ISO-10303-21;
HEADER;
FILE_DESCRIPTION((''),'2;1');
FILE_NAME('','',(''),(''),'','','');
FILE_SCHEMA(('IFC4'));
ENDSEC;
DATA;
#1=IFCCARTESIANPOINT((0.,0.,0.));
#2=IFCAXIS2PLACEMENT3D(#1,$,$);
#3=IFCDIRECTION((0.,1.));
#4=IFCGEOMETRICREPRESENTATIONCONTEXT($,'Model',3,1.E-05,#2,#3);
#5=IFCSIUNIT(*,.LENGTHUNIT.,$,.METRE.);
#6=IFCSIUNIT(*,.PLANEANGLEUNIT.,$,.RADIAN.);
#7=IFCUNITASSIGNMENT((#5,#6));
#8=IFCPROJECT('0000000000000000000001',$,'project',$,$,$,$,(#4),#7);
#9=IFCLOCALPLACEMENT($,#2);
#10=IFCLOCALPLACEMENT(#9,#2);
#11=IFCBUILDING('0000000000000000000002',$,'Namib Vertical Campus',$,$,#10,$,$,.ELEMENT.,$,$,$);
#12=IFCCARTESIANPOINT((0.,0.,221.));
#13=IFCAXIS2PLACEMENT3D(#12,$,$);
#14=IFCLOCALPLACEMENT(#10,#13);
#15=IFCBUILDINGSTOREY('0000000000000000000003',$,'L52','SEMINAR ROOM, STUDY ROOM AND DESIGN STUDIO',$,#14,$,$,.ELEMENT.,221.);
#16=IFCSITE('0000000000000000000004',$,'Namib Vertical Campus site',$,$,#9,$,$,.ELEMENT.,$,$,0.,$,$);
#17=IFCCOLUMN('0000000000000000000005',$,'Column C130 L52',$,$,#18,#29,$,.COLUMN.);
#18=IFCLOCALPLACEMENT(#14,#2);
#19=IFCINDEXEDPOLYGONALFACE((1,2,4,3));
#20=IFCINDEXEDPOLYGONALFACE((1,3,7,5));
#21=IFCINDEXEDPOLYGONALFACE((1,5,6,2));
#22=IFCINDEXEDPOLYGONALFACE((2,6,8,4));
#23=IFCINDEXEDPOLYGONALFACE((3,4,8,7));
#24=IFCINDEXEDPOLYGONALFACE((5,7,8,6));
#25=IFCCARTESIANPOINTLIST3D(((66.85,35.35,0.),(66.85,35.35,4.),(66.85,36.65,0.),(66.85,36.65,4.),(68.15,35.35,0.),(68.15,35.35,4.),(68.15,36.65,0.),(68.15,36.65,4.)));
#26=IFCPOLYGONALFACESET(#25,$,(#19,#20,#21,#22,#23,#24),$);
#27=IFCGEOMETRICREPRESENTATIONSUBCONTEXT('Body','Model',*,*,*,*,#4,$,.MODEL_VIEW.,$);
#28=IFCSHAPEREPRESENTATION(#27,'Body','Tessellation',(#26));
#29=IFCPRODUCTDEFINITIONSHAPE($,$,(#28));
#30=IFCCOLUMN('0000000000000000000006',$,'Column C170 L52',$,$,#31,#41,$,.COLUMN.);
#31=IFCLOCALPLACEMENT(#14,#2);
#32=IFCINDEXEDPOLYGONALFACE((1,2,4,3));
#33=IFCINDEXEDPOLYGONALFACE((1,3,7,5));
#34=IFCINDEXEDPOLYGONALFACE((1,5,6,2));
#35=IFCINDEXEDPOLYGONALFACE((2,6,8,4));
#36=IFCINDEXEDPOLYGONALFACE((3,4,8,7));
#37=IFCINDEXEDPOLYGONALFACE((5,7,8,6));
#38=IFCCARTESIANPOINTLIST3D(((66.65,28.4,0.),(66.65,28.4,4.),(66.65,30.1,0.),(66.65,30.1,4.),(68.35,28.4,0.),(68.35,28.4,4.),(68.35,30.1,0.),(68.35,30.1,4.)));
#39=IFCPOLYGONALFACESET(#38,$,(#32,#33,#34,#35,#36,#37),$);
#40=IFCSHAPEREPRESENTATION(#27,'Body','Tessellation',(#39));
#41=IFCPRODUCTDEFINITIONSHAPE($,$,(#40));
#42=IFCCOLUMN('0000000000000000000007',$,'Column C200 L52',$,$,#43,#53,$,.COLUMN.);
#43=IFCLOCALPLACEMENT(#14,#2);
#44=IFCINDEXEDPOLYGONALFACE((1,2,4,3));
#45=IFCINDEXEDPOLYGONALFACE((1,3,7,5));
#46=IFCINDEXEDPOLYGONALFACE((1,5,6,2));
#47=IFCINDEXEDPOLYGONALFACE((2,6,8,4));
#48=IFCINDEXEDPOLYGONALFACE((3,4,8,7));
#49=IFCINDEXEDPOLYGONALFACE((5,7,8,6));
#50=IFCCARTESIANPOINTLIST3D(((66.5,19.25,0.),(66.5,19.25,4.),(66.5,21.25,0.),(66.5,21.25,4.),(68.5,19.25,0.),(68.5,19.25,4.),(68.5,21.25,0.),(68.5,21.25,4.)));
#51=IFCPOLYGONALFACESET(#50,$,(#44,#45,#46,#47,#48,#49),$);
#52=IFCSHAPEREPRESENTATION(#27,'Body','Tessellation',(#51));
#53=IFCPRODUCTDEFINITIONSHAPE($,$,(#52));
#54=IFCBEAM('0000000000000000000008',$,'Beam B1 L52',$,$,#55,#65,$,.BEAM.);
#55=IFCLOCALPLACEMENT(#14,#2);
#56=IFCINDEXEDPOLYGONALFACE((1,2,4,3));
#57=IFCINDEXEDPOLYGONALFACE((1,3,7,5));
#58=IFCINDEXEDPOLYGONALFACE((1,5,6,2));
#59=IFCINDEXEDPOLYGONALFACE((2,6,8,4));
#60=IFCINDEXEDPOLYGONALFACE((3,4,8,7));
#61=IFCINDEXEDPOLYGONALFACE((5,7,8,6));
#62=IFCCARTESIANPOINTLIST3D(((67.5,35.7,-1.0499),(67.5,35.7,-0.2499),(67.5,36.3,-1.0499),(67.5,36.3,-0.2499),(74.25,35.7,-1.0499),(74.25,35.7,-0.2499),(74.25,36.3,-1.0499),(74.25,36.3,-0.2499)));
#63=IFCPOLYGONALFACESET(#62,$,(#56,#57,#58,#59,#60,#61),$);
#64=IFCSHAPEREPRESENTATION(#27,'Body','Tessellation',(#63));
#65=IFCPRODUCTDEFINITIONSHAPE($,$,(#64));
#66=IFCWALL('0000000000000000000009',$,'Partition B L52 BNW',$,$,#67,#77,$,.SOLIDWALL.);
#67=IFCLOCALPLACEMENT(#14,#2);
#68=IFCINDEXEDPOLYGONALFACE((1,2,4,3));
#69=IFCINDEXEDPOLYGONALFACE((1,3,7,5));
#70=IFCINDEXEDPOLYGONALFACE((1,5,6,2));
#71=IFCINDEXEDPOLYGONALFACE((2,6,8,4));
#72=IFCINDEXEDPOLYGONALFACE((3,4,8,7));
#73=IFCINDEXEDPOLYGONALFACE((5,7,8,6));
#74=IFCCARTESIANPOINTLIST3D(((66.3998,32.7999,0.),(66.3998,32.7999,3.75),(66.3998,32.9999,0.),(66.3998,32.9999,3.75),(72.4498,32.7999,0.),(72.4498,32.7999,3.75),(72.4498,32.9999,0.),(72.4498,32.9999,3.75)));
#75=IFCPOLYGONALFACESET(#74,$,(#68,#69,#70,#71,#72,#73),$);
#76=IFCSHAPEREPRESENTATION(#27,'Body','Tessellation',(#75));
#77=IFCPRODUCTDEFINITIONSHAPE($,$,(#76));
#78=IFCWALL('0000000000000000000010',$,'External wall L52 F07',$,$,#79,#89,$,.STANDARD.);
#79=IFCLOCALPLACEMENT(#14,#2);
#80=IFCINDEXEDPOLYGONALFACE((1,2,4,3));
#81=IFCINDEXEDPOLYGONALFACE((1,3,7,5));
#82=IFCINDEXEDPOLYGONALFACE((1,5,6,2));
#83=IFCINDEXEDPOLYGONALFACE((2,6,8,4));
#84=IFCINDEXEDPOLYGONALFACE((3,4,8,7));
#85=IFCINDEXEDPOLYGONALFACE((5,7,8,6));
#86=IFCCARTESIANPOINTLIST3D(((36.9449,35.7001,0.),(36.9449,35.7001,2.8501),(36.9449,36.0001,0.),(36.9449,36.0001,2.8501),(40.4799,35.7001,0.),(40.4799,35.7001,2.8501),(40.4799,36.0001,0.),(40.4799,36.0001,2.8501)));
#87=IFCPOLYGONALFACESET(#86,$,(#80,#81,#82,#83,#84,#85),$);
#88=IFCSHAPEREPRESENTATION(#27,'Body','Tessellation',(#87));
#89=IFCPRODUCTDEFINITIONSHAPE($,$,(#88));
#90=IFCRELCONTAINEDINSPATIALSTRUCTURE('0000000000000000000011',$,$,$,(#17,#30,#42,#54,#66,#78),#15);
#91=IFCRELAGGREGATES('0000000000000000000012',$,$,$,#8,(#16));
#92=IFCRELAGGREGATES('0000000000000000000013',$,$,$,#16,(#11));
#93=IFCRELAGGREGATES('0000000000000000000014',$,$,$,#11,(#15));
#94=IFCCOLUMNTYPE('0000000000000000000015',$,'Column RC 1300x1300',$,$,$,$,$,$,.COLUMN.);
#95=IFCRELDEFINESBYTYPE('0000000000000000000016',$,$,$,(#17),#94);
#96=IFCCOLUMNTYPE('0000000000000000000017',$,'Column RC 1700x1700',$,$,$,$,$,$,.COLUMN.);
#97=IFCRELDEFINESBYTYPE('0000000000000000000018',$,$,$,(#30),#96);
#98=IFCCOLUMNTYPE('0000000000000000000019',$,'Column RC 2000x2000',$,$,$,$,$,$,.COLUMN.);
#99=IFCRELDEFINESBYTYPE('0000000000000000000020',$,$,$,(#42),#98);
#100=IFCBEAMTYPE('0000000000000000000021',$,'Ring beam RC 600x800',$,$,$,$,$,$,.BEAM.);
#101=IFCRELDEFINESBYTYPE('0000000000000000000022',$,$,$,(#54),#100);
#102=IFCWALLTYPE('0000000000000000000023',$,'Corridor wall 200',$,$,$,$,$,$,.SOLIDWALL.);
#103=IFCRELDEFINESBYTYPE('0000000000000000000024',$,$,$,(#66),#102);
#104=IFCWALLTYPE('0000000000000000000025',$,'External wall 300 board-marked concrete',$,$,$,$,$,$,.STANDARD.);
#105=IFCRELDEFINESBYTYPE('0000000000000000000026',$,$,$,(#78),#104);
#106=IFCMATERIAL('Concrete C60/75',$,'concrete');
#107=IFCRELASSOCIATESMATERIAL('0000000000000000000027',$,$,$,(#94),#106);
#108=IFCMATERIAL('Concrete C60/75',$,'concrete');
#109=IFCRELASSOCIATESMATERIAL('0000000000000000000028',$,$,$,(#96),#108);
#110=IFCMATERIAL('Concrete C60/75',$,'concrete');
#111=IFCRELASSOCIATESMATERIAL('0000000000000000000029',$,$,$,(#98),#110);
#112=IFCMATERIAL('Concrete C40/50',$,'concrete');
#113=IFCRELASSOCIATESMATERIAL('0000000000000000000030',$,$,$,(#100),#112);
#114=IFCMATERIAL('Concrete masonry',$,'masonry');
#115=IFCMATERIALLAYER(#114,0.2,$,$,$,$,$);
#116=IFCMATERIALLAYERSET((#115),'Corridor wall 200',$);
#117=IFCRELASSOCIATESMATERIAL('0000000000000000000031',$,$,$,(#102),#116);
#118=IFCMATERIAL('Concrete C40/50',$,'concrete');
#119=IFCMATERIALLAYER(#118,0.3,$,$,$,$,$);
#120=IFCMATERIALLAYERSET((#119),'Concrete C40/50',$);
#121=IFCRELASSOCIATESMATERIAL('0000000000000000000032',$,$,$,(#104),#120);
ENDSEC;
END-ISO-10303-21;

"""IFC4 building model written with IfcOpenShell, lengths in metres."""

from ifc_helpers import new_model, si_unit, direction, frame, frame_2d, origin, origin_2d, place, context, subcontext, project, spatial, rectangle, extrude, material, layer, layer_set, material_profile, profile_set, type_object, element, save


model = new_model("IFC4")

# Units and contexts
model_context = context("Model", 3, precision=1e-05, world=origin(), true_north=direction((0.0, 1.0)))
body_context = subcontext(model_context, "Body", "Model", "MODEL_VIEW")
ifc_project = project(units=[si_unit("LENGTHUNIT", "METRE"), si_unit("PLANEANGLEUNIT", "RADIAN")], contexts=[model_context])

# Site, building, storey
site_placement = place(None, origin())
site = spatial("IfcSite", under=ifc_project, at=site_placement, Name="Namib Vertical Campus site", CompositionType="ELEMENT", RefElevation=0.0)
building_placement = place(site_placement, origin())
building = spatial("IfcBuilding", under=site, at=building_placement, Name="Namib Vertical Campus", CompositionType="ELEMENT")
storey_placement = place(building_placement, frame((0.0, 0.0, 221.0)))
storey = spatial("IfcBuildingStorey", under=building, at=storey_placement, Name="L52", Description="SEMINAR ROOM, STUDY ROOM AND DESIGN STUDIO", CompositionType="ELEMENT", Elevation=221.0)

# Columns
ifc_material_1 = material(Name="Concrete C60/75", Category="concrete")
ifc_material_profile_1 = material_profile(ifc_material_1, rectangle(XDim=1.3, YDim=1.3, at=origin_2d()))
ifc_profile_set_1 = profile_set([ifc_material_profile_1], Name="Concrete C60/75")
column_type_1 = type_object("IfcColumnType", Name="Column RC 1300x1300", PredefinedType="COLUMN", material=ifc_profile_set_1)
column_1_placement = place(storey_placement, frame((67.5, 36.0, 0.0), z_axis=(0.0, 0.0, 1.0), x_axis=(1.0, 0.0, 0.0)))
element("IfcColumn", 1, at=column_1_placement, inside=storey, type_object=column_type_1, Name="Column C130 L52", PredefinedType="COLUMN", context=body_context, shape_type="SweptSolid", body=[
    extrude(rectangle(XDim=1.3, YDim=1.3, at=origin_2d()), origin(), (0.0, 0.0, 1.0), 4.0),
])
ifc_material_2 = material(Name="Concrete C60/75", Category="concrete")
ifc_material_profile_2 = material_profile(ifc_material_2, rectangle(XDim=1.7, YDim=1.7, at=origin_2d()))
ifc_profile_set_2 = profile_set([ifc_material_profile_2], Name="Concrete C60/75")
column_type_2 = type_object("IfcColumnType", Name="Column RC 1700x1700", PredefinedType="COLUMN", material=ifc_profile_set_2)
column_2_placement = place(storey_placement, frame((67.5, 29.25, 0.0), z_axis=(0.0, 0.0, 1.0), x_axis=(1.0, 0.0, 0.0)))
element("IfcColumn", 2, at=column_2_placement, inside=storey, type_object=column_type_2, Name="Column C170 L52", PredefinedType="COLUMN", context=body_context, shape_type="SweptSolid", body=[
    extrude(rectangle(XDim=1.7, YDim=1.7, at=origin_2d()), origin(), (0.0, 0.0, 1.0), 4.0),
])
ifc_material_3 = material(Name="Concrete C60/75", Category="concrete")
ifc_material_profile_3 = material_profile(ifc_material_3, rectangle(XDim=2.0, YDim=2.0, at=origin_2d()))
ifc_profile_set_3 = profile_set([ifc_material_profile_3], Name="Concrete C60/75")
column_type_3 = type_object("IfcColumnType", Name="Column RC 2000x2000", PredefinedType="COLUMN", material=ifc_profile_set_3)
column_3_placement = place(storey_placement, frame((67.5, 20.25, 0.0), z_axis=(0.0, 0.0, 1.0), x_axis=(1.0, 0.0, 0.0)))
element("IfcColumn", 3, at=column_3_placement, inside=storey, type_object=column_type_3, Name="Column C200 L52", PredefinedType="COLUMN", context=body_context, shape_type="SweptSolid", body=[
    extrude(rectangle(XDim=2.0, YDim=2.0, at=origin_2d()), origin(), (0.0, 0.0, 1.0), 4.0),
])

# Beam
ifc_material_4 = material(Name="Concrete C40/50", Category="concrete")
ifc_material_profile_4 = material_profile(ifc_material_4, rectangle(XDim=0.6001, YDim=0.8, at=origin_2d()))
ifc_profile_set_4 = profile_set([ifc_material_profile_4], Name="Concrete C40/50")
beam_type = type_object("IfcBeamType", Name="Ring beam RC 600x800", PredefinedType="BEAM", material=ifc_profile_set_4)
beam_placement = place(storey_placement, frame((67.5, 36.0, -0.6499), z_axis=(1.0, 0.0, 0.0), x_axis=(0.0, 1.0, 0.0)))
element("IfcBeam", 4, at=beam_placement, inside=storey, type_object=beam_type, Name="Beam B1 L52", PredefinedType="BEAM", context=body_context, shape_type="SweptSolid", body=[
    extrude(rectangle(XDim=0.6001, YDim=0.8, at=origin_2d()), origin(), (0.0, 0.0, 1.0), 6.75),
])

# Walls
ifc_material_5 = material(Name="Concrete masonry", Category="masonry")
ifc_layer_1 = layer(ifc_material_5, 0.2)
ifc_layer_set_1 = layer_set([ifc_layer_1], Name="Corridor wall 200")
wall_type_1 = type_object("IfcWallType", Name="Corridor wall 200", PredefinedType="SOLIDWALL", material=ifc_layer_set_1)
wall_1_placement = place(storey_placement, frame((66.3999, 32.8999, 0.0), z_axis=(0.0, 0.0, 1.0), x_axis=(1.0, 0.0, 0.0)))
element("IfcWall", 5, at=wall_1_placement, inside=storey, type_object=wall_type_1, Name="Partition B L52 BNW", PredefinedType="SOLIDWALL", context=body_context, shape_type="SweptSolid", body=[
    extrude(rectangle(XDim=6.05, YDim=0.2, at=frame_2d((3.0249, 0.0))), origin(), (0.0, 0.0, 1.0), 3.75),
])
ifc_material_6 = material(Name="Concrete C40/50", Category="concrete")
ifc_layer_2 = layer(ifc_material_6, 0.3)
ifc_layer_set_2 = layer_set([ifc_layer_2], Name="Concrete C40/50")
wall_type_2 = type_object("IfcWallType", Name="External wall 300 board-marked concrete", PredefinedType="STANDARD", material=ifc_layer_set_2)
wall_2_placement = place(storey_placement, frame((40.48, 35.8501, 0.0), z_axis=(0.0, 0.0, 1.0), x_axis=(-1.0, 0.0, 0.0)))
element("IfcWall", 6, at=wall_2_placement, inside=storey, type_object=wall_type_2, Name="External wall L52 F07", PredefinedType="STANDARD", context=body_context, shape_type="SweptSolid", body=[
    extrude(rectangle(XDim=3.5349, YDim=0.3, at=frame_2d((1.7676, 0.0))), origin(), (0.0, 0.0, 1.0), 2.8501),
])

save(model, "model.ifc")
